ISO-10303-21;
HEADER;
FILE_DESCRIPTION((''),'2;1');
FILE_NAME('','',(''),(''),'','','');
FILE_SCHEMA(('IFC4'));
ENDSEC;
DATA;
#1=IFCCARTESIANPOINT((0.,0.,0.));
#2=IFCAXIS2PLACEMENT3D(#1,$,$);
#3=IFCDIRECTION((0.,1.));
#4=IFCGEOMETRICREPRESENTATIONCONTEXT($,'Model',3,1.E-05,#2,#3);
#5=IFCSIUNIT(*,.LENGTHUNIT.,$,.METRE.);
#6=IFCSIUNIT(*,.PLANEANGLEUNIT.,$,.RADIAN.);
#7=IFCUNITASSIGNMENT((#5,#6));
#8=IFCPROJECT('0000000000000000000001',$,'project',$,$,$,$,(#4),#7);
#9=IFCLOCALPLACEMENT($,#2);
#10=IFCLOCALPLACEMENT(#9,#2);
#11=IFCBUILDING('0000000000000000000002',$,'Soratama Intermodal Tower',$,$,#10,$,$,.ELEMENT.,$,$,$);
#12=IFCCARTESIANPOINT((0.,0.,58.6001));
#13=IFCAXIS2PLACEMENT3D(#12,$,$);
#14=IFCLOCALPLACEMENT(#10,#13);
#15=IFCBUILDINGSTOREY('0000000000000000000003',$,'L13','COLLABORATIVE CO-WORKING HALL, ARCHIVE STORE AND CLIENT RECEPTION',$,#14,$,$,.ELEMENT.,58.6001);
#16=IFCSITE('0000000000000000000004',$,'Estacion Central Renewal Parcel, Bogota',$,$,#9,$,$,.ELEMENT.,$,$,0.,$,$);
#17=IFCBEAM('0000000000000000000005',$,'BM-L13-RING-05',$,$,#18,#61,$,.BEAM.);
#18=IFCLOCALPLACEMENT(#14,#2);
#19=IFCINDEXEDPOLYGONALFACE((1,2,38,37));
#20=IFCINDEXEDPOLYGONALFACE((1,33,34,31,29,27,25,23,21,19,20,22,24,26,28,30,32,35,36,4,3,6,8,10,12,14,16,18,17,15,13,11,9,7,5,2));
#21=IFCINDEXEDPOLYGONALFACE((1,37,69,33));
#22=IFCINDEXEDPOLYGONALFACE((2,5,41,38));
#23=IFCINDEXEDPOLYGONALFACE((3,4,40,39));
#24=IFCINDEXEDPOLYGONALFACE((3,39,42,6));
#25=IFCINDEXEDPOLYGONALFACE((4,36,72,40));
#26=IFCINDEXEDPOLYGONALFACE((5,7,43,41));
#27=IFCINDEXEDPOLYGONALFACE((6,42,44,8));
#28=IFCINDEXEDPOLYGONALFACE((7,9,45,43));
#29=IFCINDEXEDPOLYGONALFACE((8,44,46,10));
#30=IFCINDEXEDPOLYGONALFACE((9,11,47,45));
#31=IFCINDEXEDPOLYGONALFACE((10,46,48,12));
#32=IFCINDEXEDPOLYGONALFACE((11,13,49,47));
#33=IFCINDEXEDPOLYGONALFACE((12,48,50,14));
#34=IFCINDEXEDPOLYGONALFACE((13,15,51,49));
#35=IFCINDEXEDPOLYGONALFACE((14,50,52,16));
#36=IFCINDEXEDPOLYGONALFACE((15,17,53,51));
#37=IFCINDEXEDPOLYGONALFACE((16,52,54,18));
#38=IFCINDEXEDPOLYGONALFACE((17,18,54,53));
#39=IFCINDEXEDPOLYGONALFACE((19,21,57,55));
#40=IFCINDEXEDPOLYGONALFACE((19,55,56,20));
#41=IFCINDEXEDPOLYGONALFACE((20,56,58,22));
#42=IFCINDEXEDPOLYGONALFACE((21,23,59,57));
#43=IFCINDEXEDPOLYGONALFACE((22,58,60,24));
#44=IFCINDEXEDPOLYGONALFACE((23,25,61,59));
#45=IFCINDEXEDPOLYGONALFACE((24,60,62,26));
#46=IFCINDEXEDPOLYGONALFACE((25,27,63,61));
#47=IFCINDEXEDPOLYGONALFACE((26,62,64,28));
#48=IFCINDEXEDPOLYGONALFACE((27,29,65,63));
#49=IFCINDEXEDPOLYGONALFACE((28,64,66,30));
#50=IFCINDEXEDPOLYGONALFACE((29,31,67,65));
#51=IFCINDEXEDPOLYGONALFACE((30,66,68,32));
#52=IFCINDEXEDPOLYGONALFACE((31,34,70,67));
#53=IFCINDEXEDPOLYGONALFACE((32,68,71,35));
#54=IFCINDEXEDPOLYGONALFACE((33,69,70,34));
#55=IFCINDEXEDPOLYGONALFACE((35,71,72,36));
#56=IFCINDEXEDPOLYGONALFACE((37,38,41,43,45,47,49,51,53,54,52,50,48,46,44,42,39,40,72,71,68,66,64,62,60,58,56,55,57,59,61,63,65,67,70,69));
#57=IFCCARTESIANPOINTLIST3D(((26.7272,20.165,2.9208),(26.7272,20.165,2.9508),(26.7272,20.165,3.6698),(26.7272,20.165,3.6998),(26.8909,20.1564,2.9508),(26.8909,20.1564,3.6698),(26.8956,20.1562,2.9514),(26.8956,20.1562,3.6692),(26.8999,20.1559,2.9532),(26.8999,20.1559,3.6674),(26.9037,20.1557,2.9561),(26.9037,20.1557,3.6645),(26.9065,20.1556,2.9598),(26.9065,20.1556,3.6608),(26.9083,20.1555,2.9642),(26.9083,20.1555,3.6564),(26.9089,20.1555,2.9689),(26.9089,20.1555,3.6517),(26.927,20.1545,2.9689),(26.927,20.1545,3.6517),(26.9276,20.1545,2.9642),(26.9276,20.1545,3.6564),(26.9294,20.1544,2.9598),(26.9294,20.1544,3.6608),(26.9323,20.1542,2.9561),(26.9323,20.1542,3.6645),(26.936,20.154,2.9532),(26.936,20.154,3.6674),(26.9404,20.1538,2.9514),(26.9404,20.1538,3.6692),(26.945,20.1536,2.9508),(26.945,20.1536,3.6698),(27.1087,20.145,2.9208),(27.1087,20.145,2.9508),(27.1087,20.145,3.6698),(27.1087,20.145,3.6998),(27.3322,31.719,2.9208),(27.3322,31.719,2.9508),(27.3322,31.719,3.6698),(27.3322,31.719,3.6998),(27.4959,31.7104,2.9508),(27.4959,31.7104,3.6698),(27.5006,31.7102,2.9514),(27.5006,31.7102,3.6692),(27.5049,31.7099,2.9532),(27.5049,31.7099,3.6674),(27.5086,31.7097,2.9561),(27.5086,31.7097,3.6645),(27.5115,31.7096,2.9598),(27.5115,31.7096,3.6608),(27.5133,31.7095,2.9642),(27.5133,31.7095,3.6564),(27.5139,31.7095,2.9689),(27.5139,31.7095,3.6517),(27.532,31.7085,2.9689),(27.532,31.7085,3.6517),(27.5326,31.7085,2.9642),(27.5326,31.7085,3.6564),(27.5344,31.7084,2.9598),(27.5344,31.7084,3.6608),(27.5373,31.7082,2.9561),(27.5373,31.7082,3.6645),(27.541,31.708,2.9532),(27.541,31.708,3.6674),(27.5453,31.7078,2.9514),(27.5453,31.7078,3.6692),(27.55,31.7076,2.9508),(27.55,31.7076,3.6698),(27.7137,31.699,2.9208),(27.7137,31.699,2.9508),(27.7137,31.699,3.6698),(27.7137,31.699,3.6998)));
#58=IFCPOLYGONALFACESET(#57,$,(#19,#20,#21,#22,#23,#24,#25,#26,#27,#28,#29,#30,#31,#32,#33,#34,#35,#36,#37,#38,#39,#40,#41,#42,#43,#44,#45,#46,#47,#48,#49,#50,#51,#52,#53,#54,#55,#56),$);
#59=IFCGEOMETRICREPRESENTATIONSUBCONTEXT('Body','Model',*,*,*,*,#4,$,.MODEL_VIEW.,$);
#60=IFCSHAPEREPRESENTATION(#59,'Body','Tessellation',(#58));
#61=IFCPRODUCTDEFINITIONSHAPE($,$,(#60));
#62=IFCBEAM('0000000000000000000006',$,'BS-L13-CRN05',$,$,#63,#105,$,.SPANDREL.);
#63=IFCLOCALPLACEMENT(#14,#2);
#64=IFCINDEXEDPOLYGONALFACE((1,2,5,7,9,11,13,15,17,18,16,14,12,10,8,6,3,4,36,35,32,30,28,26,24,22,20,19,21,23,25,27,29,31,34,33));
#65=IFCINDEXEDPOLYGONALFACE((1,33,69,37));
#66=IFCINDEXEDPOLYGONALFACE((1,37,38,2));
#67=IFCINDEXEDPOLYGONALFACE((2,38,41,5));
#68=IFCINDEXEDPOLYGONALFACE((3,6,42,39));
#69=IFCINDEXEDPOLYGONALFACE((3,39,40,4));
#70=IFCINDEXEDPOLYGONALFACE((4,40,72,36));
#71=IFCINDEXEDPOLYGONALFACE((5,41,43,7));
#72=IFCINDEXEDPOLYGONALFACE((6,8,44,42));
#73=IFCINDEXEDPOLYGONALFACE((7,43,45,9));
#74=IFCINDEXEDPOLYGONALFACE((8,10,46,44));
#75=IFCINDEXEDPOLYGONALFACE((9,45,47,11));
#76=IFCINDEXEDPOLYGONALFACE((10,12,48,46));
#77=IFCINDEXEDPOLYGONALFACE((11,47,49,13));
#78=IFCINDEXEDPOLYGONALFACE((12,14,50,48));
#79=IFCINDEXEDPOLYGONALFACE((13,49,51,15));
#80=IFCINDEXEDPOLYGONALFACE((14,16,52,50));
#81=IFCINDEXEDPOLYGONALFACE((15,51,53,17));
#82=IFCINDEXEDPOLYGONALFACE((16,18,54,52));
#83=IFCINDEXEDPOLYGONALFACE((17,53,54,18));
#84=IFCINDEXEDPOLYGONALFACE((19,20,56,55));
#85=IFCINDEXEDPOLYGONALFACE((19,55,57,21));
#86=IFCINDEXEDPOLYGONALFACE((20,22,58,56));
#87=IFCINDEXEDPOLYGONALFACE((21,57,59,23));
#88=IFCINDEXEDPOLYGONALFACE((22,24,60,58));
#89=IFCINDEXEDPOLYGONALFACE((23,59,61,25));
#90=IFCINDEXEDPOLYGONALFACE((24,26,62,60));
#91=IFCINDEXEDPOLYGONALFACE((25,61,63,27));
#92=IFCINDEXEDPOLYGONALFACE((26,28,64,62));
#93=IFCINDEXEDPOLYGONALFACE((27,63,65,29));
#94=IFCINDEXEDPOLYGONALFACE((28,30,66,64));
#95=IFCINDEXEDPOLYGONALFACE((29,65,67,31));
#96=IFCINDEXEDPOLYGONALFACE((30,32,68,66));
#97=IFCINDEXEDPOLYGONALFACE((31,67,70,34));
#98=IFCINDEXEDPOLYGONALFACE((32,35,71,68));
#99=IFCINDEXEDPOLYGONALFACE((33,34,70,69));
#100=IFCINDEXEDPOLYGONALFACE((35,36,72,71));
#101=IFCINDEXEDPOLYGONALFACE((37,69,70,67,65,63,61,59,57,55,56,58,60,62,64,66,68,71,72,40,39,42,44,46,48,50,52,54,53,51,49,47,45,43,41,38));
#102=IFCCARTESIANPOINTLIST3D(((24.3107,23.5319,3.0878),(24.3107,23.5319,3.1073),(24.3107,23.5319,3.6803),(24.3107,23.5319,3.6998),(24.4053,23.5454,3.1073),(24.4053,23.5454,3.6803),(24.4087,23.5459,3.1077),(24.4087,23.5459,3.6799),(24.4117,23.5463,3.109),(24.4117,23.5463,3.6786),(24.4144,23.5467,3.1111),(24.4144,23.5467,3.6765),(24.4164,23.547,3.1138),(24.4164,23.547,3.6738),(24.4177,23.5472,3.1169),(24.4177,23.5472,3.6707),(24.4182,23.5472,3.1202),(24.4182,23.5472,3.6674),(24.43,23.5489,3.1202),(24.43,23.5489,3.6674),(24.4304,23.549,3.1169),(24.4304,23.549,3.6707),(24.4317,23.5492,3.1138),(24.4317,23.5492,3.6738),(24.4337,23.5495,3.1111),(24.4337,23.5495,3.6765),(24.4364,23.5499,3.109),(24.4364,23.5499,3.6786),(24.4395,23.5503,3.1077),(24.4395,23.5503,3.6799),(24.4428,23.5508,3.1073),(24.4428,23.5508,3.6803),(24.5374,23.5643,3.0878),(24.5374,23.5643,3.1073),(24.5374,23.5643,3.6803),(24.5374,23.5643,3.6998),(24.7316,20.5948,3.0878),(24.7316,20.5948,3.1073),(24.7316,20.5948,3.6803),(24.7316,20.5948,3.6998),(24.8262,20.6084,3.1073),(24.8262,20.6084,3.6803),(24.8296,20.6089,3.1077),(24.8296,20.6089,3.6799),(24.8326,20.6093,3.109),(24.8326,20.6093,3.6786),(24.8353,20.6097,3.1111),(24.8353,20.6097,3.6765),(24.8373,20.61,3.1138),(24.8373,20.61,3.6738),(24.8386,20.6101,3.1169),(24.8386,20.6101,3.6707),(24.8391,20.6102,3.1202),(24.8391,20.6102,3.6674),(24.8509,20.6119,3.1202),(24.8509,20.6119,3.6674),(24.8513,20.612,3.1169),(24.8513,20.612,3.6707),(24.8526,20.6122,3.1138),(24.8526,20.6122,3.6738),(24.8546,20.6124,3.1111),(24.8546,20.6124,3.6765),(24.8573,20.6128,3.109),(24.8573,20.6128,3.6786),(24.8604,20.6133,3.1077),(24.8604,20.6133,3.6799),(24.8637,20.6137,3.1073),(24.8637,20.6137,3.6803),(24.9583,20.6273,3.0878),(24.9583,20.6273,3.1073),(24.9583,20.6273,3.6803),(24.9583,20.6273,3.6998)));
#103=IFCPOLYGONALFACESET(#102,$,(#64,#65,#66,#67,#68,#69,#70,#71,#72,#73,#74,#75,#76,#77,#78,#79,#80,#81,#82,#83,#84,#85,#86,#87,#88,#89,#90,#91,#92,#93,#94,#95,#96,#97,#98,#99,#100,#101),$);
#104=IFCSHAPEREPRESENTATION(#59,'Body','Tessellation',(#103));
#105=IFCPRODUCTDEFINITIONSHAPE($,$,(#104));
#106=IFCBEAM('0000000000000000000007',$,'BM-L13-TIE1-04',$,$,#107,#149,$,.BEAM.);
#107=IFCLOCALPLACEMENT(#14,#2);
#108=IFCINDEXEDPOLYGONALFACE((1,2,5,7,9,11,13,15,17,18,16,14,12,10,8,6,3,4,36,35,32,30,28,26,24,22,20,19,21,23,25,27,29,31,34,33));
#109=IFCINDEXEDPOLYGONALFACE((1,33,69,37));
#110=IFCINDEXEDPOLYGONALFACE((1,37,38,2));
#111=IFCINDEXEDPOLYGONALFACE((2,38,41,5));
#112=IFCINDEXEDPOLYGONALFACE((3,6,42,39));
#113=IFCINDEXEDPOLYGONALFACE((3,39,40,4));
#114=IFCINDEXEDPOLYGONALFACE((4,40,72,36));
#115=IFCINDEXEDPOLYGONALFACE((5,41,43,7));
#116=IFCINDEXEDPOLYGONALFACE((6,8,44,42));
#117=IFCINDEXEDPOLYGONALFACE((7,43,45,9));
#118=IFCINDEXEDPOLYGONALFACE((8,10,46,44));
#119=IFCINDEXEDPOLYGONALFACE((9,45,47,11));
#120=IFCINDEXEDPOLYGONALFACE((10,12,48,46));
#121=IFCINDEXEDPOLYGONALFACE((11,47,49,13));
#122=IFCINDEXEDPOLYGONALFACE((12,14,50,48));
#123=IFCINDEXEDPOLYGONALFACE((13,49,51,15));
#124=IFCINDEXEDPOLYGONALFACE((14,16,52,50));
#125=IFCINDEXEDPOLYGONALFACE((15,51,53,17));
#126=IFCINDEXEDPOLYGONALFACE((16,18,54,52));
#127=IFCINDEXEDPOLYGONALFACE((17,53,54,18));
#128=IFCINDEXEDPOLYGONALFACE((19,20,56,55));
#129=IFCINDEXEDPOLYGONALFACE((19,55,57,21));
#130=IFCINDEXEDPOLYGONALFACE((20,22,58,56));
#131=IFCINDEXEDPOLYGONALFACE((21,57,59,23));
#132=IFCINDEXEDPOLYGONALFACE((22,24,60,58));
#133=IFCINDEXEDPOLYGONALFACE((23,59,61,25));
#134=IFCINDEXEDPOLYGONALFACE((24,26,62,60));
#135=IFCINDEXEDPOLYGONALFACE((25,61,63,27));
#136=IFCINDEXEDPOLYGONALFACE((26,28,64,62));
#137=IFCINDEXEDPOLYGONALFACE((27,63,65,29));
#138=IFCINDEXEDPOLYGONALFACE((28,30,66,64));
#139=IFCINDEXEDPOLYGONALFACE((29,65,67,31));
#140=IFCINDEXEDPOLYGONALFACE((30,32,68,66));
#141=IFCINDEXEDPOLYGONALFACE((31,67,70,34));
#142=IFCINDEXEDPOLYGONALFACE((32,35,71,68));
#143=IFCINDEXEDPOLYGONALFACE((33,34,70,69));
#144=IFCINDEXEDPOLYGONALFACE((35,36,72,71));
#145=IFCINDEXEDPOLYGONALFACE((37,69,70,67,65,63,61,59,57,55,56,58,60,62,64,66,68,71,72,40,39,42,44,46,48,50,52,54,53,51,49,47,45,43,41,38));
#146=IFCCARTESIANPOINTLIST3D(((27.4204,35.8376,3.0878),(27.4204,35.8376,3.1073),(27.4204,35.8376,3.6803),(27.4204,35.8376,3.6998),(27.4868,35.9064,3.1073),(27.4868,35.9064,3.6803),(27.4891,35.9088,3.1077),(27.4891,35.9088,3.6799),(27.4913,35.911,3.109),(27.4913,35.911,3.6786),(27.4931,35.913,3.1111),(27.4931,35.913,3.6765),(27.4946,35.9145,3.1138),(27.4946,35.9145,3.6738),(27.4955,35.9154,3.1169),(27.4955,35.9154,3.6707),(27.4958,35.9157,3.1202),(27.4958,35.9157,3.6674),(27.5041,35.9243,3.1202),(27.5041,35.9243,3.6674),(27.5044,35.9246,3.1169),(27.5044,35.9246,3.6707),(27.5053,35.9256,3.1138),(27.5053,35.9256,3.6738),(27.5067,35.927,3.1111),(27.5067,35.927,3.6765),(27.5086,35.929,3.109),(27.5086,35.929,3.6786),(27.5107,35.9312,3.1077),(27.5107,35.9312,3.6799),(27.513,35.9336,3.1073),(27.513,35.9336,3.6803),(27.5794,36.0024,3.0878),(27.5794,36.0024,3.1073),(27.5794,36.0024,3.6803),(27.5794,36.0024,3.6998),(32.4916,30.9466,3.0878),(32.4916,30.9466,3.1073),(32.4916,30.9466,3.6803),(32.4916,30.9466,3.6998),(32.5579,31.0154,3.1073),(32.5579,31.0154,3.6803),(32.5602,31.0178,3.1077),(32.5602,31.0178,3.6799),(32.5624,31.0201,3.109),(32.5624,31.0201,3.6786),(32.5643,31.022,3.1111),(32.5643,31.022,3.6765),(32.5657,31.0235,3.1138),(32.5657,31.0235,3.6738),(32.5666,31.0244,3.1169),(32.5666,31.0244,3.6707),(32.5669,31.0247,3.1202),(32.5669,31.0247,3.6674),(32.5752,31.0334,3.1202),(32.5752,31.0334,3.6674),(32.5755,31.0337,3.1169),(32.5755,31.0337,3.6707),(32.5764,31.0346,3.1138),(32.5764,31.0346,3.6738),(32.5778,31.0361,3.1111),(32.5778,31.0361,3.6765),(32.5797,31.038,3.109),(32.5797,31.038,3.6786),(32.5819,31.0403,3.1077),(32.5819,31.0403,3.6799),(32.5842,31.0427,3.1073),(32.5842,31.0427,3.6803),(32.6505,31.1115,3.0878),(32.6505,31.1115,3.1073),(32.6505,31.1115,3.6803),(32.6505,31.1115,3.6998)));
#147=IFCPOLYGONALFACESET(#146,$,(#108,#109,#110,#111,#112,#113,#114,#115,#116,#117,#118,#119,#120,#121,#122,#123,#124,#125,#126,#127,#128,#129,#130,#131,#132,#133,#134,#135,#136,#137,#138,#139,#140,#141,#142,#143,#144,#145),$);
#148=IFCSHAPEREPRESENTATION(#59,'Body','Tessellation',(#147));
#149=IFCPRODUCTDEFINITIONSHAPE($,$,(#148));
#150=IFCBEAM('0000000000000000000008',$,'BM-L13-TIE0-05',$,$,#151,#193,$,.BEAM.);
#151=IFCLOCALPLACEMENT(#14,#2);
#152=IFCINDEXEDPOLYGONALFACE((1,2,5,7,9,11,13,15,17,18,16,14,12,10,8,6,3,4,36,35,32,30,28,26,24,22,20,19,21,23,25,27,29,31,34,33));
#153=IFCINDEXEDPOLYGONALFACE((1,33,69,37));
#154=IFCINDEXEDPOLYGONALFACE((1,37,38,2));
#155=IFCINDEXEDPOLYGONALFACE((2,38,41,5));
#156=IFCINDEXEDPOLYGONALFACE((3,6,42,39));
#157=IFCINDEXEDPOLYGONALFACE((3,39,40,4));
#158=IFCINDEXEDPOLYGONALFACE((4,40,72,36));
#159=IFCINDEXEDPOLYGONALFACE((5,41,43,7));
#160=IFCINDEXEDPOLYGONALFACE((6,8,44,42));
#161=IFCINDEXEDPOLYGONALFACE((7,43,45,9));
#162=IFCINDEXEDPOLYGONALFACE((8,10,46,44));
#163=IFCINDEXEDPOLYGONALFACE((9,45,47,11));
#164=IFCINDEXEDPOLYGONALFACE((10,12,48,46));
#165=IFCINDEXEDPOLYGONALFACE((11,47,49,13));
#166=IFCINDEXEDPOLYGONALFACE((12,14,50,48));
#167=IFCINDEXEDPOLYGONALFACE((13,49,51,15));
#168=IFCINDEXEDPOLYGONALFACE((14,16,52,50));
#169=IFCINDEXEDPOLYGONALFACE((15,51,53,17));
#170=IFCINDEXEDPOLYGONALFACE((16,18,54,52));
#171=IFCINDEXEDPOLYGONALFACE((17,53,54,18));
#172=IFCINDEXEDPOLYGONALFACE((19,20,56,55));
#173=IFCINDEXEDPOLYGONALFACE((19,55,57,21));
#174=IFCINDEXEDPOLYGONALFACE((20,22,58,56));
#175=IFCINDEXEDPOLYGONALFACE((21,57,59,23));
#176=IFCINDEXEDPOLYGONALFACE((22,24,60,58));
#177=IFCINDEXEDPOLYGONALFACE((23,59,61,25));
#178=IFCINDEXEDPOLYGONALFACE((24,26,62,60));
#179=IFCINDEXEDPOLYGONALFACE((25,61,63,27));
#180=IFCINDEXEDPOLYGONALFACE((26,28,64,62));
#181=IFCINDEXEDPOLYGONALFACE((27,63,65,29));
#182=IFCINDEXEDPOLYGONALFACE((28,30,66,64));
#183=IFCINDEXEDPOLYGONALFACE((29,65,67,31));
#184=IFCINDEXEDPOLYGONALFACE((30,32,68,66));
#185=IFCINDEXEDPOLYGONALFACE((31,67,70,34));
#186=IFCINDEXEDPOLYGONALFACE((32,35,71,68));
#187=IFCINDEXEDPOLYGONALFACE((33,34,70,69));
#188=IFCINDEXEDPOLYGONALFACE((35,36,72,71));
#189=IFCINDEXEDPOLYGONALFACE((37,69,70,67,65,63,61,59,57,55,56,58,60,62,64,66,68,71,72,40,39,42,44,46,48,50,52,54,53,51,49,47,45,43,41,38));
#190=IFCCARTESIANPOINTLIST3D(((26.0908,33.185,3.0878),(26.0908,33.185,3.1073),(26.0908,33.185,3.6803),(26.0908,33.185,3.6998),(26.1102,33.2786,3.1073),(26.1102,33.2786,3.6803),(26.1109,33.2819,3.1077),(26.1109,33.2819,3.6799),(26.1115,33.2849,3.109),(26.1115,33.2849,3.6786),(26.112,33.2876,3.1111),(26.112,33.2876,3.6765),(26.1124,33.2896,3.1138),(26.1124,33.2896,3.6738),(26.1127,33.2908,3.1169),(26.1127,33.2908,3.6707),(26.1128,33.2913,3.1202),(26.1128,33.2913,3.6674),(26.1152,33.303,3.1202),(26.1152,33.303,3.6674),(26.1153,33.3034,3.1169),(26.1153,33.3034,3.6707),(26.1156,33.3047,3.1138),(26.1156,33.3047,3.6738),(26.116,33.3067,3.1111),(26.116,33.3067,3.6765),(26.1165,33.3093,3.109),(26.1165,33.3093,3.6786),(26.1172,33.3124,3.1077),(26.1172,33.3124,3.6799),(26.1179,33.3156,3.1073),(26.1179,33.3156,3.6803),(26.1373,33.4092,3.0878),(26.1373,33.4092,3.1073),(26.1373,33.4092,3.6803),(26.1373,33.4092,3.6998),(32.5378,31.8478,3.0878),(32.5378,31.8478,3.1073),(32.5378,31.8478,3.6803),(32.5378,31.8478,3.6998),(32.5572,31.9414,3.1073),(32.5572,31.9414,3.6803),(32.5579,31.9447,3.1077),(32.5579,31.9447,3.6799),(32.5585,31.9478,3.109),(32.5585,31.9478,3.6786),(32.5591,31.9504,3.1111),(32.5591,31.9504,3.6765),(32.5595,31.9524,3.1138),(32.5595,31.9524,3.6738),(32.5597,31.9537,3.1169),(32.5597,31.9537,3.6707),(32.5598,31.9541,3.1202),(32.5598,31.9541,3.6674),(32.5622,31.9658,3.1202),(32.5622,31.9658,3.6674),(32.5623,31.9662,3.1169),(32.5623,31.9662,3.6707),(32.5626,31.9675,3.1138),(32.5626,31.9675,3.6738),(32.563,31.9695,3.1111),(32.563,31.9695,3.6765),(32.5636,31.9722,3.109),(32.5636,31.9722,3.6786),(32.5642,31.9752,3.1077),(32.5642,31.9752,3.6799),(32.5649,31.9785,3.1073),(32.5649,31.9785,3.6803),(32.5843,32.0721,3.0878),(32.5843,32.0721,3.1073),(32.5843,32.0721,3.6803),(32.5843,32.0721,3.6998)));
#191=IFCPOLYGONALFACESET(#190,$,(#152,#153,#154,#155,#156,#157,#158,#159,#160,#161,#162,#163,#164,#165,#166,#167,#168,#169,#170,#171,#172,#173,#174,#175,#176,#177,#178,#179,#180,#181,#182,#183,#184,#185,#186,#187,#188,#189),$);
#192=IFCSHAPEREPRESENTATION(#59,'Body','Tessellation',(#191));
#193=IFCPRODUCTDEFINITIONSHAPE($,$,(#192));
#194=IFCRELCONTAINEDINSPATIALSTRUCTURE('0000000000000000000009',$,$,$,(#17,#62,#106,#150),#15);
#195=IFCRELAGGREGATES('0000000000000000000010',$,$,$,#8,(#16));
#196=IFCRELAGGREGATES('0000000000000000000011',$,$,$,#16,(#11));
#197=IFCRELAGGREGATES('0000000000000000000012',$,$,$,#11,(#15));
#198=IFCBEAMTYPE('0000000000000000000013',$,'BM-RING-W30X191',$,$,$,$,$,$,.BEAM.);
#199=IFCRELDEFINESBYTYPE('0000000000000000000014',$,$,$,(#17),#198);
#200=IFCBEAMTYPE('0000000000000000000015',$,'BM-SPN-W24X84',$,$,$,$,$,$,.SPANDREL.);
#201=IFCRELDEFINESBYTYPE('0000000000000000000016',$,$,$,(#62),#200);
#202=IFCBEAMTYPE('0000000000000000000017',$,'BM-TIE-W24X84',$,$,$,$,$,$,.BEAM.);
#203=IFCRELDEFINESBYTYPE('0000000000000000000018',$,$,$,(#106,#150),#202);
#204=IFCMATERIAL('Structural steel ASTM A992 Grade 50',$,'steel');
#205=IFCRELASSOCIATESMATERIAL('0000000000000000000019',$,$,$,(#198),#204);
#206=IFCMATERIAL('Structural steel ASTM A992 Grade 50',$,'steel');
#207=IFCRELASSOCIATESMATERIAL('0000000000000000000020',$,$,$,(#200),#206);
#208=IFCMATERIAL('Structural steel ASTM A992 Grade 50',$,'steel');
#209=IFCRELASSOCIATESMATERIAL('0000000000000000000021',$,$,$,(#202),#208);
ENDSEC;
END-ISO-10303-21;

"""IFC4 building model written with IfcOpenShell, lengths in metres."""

from ifc_helpers import new_model, si_unit, direction, frame, origin, origin_2d, place, context, subcontext, project, spatial, i_section, extrude, material, material_profile, profile_set, type_object, element, save


model = new_model("IFC4")

# Units and contexts
model_context = context("Model", 3, precision=1e-05, world=origin(), true_north=direction((0.0, 1.0)))
body_context = subcontext(model_context, "Body", "Model", "MODEL_VIEW")
ifc_project = project(units=[si_unit("LENGTHUNIT", "METRE"), si_unit("PLANEANGLEUNIT", "RADIAN")], contexts=[model_context])

# Site, building, storey
site_placement = place(None, origin())
site = spatial("IfcSite", under=ifc_project, at=site_placement, Name="Estacion Central Renewal Parcel, Bogota", CompositionType="ELEMENT", RefElevation=0.0)
building_placement = place(site_placement, origin())
building = spatial("IfcBuilding", under=site, at=building_placement, Name="Soratama Intermodal Tower", CompositionType="ELEMENT")
storey_placement = place(building_placement, frame((0.0, 0.0, 58.6001)))
storey = spatial("IfcBuildingStorey", under=building, at=storey_placement, Name="L13", Description="COLLABORATIVE CO-WORKING HALL, ARCHIVE STORE AND CLIENT RECEPTION", CompositionType="ELEMENT", Elevation=58.6001)

# Beams
ifc_material_1 = material(Name="Structural steel ASTM A992 Grade 50", Category="steel")
ifc_material_profile_1 = material_profile(ifc_material_1, i_section(OverallWidth=0.3821, OverallDepth=0.7791, WebThickness=0.0181, FlangeThickness=0.03, FilletRadius=0.0181, at=origin_2d()), Name="W30X191")
ifc_profile_set_1 = profile_set([ifc_material_profile_1], Name="Structural steel ASTM A992 Grade 50")
beam_type_1 = type_object("IfcBeamType", Name="BM-RING-W30X191", PredefinedType="BEAM", material=ifc_profile_set_1)
beam_1_placement = place(storey_placement, frame((27.5229, 31.709, 3.3103), z_axis=(-0.05229, -0.998632, 0.0), x_axis=(0.998632, -0.05229, 0.0)))
element("IfcBeam", 1, at=beam_1_placement, inside=storey, type_object=beam_type_1, Name="BM-L13-RING-05", PredefinedType="BEAM", context=body_context, shape_type="SweptSolid", body=[
    extrude(i_section(OverallWidth=0.3821, OverallDepth=0.7791, WebThickness=0.0181, FlangeThickness=0.03, FilletRadius=0.0181, at=origin_2d()), origin(), (0.0, 0.0, 1.0), 11.5698),
])
ifc_material_2 = material(Name="Structural steel ASTM A992 Grade 50", Category="steel")
ifc_material_profile_2 = material_profile(ifc_material_2, i_section(OverallWidth=0.229, OverallDepth=0.6121, WebThickness=0.012, FlangeThickness=0.0195, FilletRadius=0.0129, at=origin_2d()), Name="W24X84")
ifc_profile_set_2 = profile_set([ifc_material_profile_2], Name="Structural steel ASTM A992 Grade 50")
beam_type_2 = type_object("IfcBeamType", Name="BM-SPN-W24X84", PredefinedType="SPANDREL", material=ifc_profile_set_2)
beam_2_placement = place(storey_placement, frame((24.4241, 23.5481, 3.3938), z_axis=(0.141859, -0.989887, 0.0), x_axis=(0.989887, 0.141859, 0.0)))
element("IfcBeam", 2, at=beam_2_placement, inside=storey, type_object=beam_type_2, Name="BS-L13-CRN05", PredefinedType="SPANDREL", context=body_context, shape_type="SweptSolid", body=[
    extrude(i_section(OverallWidth=0.229, OverallDepth=0.6121, WebThickness=0.012, FlangeThickness=0.0195, FilletRadius=0.0129, at=origin_2d()), origin(), (0.0, 0.0, 1.0), 2.967),
])
ifc_material_3 = material(Name="Structural steel ASTM A992 Grade 50", Category="steel")
ifc_material_profile_3 = material_profile(ifc_material_3, i_section(OverallWidth=0.229, OverallDepth=0.6121, WebThickness=0.012, FlangeThickness=0.0195, FilletRadius=0.0129, at=origin_2d()), Name="W24X84")
ifc_profile_set_3 = profile_set([ifc_material_profile_3], Name="Structural steel ASTM A992 Grade 50")
beam_type_3 = type_object("IfcBeamType", Name="BM-TIE-W24X84", PredefinedType="BEAM", material=ifc_profile_set_3)
beam_3_placement = place(storey_placement, frame((32.571, 31.0291, 3.3938), z_axis=(-0.719778, 0.694204, 0.0), x_axis=(-0.694204, -0.719778, 0.0)))
element("IfcBeam", 3, at=beam_3_placement, inside=storey, type_object=beam_type_3, Name="BM-L13-TIE1-04", PredefinedType="BEAM", context=body_context, shape_type="SweptSolid", body=[
    extrude(i_section(OverallWidth=0.229, OverallDepth=0.6121, WebThickness=0.012, FlangeThickness=0.0195, FilletRadius=0.0129, at=origin_2d()), origin(), (0.0, 0.0, 1.0), 7.0454),
])
beam_4_placement = place(storey_placement, frame((32.561, 31.96, 3.3938), z_axis=(-0.979161, 0.203085, 0.0), x_axis=(-0.203085, -0.979161, 0.0)))
element("IfcBeam", 4, at=beam_4_placement, inside=storey, type_object=beam_type_3, Name="BM-L13-TIE0-05", PredefinedType="BEAM", context=body_context, shape_type="SweptSolid", body=[
    extrude(i_section(OverallWidth=0.229, OverallDepth=0.6121, WebThickness=0.012, FlangeThickness=0.0195, FilletRadius=0.0129, at=origin_2d()), origin(), (0.0, 0.0, 1.0), 6.5842),
])

save(model, "model.ifc")
